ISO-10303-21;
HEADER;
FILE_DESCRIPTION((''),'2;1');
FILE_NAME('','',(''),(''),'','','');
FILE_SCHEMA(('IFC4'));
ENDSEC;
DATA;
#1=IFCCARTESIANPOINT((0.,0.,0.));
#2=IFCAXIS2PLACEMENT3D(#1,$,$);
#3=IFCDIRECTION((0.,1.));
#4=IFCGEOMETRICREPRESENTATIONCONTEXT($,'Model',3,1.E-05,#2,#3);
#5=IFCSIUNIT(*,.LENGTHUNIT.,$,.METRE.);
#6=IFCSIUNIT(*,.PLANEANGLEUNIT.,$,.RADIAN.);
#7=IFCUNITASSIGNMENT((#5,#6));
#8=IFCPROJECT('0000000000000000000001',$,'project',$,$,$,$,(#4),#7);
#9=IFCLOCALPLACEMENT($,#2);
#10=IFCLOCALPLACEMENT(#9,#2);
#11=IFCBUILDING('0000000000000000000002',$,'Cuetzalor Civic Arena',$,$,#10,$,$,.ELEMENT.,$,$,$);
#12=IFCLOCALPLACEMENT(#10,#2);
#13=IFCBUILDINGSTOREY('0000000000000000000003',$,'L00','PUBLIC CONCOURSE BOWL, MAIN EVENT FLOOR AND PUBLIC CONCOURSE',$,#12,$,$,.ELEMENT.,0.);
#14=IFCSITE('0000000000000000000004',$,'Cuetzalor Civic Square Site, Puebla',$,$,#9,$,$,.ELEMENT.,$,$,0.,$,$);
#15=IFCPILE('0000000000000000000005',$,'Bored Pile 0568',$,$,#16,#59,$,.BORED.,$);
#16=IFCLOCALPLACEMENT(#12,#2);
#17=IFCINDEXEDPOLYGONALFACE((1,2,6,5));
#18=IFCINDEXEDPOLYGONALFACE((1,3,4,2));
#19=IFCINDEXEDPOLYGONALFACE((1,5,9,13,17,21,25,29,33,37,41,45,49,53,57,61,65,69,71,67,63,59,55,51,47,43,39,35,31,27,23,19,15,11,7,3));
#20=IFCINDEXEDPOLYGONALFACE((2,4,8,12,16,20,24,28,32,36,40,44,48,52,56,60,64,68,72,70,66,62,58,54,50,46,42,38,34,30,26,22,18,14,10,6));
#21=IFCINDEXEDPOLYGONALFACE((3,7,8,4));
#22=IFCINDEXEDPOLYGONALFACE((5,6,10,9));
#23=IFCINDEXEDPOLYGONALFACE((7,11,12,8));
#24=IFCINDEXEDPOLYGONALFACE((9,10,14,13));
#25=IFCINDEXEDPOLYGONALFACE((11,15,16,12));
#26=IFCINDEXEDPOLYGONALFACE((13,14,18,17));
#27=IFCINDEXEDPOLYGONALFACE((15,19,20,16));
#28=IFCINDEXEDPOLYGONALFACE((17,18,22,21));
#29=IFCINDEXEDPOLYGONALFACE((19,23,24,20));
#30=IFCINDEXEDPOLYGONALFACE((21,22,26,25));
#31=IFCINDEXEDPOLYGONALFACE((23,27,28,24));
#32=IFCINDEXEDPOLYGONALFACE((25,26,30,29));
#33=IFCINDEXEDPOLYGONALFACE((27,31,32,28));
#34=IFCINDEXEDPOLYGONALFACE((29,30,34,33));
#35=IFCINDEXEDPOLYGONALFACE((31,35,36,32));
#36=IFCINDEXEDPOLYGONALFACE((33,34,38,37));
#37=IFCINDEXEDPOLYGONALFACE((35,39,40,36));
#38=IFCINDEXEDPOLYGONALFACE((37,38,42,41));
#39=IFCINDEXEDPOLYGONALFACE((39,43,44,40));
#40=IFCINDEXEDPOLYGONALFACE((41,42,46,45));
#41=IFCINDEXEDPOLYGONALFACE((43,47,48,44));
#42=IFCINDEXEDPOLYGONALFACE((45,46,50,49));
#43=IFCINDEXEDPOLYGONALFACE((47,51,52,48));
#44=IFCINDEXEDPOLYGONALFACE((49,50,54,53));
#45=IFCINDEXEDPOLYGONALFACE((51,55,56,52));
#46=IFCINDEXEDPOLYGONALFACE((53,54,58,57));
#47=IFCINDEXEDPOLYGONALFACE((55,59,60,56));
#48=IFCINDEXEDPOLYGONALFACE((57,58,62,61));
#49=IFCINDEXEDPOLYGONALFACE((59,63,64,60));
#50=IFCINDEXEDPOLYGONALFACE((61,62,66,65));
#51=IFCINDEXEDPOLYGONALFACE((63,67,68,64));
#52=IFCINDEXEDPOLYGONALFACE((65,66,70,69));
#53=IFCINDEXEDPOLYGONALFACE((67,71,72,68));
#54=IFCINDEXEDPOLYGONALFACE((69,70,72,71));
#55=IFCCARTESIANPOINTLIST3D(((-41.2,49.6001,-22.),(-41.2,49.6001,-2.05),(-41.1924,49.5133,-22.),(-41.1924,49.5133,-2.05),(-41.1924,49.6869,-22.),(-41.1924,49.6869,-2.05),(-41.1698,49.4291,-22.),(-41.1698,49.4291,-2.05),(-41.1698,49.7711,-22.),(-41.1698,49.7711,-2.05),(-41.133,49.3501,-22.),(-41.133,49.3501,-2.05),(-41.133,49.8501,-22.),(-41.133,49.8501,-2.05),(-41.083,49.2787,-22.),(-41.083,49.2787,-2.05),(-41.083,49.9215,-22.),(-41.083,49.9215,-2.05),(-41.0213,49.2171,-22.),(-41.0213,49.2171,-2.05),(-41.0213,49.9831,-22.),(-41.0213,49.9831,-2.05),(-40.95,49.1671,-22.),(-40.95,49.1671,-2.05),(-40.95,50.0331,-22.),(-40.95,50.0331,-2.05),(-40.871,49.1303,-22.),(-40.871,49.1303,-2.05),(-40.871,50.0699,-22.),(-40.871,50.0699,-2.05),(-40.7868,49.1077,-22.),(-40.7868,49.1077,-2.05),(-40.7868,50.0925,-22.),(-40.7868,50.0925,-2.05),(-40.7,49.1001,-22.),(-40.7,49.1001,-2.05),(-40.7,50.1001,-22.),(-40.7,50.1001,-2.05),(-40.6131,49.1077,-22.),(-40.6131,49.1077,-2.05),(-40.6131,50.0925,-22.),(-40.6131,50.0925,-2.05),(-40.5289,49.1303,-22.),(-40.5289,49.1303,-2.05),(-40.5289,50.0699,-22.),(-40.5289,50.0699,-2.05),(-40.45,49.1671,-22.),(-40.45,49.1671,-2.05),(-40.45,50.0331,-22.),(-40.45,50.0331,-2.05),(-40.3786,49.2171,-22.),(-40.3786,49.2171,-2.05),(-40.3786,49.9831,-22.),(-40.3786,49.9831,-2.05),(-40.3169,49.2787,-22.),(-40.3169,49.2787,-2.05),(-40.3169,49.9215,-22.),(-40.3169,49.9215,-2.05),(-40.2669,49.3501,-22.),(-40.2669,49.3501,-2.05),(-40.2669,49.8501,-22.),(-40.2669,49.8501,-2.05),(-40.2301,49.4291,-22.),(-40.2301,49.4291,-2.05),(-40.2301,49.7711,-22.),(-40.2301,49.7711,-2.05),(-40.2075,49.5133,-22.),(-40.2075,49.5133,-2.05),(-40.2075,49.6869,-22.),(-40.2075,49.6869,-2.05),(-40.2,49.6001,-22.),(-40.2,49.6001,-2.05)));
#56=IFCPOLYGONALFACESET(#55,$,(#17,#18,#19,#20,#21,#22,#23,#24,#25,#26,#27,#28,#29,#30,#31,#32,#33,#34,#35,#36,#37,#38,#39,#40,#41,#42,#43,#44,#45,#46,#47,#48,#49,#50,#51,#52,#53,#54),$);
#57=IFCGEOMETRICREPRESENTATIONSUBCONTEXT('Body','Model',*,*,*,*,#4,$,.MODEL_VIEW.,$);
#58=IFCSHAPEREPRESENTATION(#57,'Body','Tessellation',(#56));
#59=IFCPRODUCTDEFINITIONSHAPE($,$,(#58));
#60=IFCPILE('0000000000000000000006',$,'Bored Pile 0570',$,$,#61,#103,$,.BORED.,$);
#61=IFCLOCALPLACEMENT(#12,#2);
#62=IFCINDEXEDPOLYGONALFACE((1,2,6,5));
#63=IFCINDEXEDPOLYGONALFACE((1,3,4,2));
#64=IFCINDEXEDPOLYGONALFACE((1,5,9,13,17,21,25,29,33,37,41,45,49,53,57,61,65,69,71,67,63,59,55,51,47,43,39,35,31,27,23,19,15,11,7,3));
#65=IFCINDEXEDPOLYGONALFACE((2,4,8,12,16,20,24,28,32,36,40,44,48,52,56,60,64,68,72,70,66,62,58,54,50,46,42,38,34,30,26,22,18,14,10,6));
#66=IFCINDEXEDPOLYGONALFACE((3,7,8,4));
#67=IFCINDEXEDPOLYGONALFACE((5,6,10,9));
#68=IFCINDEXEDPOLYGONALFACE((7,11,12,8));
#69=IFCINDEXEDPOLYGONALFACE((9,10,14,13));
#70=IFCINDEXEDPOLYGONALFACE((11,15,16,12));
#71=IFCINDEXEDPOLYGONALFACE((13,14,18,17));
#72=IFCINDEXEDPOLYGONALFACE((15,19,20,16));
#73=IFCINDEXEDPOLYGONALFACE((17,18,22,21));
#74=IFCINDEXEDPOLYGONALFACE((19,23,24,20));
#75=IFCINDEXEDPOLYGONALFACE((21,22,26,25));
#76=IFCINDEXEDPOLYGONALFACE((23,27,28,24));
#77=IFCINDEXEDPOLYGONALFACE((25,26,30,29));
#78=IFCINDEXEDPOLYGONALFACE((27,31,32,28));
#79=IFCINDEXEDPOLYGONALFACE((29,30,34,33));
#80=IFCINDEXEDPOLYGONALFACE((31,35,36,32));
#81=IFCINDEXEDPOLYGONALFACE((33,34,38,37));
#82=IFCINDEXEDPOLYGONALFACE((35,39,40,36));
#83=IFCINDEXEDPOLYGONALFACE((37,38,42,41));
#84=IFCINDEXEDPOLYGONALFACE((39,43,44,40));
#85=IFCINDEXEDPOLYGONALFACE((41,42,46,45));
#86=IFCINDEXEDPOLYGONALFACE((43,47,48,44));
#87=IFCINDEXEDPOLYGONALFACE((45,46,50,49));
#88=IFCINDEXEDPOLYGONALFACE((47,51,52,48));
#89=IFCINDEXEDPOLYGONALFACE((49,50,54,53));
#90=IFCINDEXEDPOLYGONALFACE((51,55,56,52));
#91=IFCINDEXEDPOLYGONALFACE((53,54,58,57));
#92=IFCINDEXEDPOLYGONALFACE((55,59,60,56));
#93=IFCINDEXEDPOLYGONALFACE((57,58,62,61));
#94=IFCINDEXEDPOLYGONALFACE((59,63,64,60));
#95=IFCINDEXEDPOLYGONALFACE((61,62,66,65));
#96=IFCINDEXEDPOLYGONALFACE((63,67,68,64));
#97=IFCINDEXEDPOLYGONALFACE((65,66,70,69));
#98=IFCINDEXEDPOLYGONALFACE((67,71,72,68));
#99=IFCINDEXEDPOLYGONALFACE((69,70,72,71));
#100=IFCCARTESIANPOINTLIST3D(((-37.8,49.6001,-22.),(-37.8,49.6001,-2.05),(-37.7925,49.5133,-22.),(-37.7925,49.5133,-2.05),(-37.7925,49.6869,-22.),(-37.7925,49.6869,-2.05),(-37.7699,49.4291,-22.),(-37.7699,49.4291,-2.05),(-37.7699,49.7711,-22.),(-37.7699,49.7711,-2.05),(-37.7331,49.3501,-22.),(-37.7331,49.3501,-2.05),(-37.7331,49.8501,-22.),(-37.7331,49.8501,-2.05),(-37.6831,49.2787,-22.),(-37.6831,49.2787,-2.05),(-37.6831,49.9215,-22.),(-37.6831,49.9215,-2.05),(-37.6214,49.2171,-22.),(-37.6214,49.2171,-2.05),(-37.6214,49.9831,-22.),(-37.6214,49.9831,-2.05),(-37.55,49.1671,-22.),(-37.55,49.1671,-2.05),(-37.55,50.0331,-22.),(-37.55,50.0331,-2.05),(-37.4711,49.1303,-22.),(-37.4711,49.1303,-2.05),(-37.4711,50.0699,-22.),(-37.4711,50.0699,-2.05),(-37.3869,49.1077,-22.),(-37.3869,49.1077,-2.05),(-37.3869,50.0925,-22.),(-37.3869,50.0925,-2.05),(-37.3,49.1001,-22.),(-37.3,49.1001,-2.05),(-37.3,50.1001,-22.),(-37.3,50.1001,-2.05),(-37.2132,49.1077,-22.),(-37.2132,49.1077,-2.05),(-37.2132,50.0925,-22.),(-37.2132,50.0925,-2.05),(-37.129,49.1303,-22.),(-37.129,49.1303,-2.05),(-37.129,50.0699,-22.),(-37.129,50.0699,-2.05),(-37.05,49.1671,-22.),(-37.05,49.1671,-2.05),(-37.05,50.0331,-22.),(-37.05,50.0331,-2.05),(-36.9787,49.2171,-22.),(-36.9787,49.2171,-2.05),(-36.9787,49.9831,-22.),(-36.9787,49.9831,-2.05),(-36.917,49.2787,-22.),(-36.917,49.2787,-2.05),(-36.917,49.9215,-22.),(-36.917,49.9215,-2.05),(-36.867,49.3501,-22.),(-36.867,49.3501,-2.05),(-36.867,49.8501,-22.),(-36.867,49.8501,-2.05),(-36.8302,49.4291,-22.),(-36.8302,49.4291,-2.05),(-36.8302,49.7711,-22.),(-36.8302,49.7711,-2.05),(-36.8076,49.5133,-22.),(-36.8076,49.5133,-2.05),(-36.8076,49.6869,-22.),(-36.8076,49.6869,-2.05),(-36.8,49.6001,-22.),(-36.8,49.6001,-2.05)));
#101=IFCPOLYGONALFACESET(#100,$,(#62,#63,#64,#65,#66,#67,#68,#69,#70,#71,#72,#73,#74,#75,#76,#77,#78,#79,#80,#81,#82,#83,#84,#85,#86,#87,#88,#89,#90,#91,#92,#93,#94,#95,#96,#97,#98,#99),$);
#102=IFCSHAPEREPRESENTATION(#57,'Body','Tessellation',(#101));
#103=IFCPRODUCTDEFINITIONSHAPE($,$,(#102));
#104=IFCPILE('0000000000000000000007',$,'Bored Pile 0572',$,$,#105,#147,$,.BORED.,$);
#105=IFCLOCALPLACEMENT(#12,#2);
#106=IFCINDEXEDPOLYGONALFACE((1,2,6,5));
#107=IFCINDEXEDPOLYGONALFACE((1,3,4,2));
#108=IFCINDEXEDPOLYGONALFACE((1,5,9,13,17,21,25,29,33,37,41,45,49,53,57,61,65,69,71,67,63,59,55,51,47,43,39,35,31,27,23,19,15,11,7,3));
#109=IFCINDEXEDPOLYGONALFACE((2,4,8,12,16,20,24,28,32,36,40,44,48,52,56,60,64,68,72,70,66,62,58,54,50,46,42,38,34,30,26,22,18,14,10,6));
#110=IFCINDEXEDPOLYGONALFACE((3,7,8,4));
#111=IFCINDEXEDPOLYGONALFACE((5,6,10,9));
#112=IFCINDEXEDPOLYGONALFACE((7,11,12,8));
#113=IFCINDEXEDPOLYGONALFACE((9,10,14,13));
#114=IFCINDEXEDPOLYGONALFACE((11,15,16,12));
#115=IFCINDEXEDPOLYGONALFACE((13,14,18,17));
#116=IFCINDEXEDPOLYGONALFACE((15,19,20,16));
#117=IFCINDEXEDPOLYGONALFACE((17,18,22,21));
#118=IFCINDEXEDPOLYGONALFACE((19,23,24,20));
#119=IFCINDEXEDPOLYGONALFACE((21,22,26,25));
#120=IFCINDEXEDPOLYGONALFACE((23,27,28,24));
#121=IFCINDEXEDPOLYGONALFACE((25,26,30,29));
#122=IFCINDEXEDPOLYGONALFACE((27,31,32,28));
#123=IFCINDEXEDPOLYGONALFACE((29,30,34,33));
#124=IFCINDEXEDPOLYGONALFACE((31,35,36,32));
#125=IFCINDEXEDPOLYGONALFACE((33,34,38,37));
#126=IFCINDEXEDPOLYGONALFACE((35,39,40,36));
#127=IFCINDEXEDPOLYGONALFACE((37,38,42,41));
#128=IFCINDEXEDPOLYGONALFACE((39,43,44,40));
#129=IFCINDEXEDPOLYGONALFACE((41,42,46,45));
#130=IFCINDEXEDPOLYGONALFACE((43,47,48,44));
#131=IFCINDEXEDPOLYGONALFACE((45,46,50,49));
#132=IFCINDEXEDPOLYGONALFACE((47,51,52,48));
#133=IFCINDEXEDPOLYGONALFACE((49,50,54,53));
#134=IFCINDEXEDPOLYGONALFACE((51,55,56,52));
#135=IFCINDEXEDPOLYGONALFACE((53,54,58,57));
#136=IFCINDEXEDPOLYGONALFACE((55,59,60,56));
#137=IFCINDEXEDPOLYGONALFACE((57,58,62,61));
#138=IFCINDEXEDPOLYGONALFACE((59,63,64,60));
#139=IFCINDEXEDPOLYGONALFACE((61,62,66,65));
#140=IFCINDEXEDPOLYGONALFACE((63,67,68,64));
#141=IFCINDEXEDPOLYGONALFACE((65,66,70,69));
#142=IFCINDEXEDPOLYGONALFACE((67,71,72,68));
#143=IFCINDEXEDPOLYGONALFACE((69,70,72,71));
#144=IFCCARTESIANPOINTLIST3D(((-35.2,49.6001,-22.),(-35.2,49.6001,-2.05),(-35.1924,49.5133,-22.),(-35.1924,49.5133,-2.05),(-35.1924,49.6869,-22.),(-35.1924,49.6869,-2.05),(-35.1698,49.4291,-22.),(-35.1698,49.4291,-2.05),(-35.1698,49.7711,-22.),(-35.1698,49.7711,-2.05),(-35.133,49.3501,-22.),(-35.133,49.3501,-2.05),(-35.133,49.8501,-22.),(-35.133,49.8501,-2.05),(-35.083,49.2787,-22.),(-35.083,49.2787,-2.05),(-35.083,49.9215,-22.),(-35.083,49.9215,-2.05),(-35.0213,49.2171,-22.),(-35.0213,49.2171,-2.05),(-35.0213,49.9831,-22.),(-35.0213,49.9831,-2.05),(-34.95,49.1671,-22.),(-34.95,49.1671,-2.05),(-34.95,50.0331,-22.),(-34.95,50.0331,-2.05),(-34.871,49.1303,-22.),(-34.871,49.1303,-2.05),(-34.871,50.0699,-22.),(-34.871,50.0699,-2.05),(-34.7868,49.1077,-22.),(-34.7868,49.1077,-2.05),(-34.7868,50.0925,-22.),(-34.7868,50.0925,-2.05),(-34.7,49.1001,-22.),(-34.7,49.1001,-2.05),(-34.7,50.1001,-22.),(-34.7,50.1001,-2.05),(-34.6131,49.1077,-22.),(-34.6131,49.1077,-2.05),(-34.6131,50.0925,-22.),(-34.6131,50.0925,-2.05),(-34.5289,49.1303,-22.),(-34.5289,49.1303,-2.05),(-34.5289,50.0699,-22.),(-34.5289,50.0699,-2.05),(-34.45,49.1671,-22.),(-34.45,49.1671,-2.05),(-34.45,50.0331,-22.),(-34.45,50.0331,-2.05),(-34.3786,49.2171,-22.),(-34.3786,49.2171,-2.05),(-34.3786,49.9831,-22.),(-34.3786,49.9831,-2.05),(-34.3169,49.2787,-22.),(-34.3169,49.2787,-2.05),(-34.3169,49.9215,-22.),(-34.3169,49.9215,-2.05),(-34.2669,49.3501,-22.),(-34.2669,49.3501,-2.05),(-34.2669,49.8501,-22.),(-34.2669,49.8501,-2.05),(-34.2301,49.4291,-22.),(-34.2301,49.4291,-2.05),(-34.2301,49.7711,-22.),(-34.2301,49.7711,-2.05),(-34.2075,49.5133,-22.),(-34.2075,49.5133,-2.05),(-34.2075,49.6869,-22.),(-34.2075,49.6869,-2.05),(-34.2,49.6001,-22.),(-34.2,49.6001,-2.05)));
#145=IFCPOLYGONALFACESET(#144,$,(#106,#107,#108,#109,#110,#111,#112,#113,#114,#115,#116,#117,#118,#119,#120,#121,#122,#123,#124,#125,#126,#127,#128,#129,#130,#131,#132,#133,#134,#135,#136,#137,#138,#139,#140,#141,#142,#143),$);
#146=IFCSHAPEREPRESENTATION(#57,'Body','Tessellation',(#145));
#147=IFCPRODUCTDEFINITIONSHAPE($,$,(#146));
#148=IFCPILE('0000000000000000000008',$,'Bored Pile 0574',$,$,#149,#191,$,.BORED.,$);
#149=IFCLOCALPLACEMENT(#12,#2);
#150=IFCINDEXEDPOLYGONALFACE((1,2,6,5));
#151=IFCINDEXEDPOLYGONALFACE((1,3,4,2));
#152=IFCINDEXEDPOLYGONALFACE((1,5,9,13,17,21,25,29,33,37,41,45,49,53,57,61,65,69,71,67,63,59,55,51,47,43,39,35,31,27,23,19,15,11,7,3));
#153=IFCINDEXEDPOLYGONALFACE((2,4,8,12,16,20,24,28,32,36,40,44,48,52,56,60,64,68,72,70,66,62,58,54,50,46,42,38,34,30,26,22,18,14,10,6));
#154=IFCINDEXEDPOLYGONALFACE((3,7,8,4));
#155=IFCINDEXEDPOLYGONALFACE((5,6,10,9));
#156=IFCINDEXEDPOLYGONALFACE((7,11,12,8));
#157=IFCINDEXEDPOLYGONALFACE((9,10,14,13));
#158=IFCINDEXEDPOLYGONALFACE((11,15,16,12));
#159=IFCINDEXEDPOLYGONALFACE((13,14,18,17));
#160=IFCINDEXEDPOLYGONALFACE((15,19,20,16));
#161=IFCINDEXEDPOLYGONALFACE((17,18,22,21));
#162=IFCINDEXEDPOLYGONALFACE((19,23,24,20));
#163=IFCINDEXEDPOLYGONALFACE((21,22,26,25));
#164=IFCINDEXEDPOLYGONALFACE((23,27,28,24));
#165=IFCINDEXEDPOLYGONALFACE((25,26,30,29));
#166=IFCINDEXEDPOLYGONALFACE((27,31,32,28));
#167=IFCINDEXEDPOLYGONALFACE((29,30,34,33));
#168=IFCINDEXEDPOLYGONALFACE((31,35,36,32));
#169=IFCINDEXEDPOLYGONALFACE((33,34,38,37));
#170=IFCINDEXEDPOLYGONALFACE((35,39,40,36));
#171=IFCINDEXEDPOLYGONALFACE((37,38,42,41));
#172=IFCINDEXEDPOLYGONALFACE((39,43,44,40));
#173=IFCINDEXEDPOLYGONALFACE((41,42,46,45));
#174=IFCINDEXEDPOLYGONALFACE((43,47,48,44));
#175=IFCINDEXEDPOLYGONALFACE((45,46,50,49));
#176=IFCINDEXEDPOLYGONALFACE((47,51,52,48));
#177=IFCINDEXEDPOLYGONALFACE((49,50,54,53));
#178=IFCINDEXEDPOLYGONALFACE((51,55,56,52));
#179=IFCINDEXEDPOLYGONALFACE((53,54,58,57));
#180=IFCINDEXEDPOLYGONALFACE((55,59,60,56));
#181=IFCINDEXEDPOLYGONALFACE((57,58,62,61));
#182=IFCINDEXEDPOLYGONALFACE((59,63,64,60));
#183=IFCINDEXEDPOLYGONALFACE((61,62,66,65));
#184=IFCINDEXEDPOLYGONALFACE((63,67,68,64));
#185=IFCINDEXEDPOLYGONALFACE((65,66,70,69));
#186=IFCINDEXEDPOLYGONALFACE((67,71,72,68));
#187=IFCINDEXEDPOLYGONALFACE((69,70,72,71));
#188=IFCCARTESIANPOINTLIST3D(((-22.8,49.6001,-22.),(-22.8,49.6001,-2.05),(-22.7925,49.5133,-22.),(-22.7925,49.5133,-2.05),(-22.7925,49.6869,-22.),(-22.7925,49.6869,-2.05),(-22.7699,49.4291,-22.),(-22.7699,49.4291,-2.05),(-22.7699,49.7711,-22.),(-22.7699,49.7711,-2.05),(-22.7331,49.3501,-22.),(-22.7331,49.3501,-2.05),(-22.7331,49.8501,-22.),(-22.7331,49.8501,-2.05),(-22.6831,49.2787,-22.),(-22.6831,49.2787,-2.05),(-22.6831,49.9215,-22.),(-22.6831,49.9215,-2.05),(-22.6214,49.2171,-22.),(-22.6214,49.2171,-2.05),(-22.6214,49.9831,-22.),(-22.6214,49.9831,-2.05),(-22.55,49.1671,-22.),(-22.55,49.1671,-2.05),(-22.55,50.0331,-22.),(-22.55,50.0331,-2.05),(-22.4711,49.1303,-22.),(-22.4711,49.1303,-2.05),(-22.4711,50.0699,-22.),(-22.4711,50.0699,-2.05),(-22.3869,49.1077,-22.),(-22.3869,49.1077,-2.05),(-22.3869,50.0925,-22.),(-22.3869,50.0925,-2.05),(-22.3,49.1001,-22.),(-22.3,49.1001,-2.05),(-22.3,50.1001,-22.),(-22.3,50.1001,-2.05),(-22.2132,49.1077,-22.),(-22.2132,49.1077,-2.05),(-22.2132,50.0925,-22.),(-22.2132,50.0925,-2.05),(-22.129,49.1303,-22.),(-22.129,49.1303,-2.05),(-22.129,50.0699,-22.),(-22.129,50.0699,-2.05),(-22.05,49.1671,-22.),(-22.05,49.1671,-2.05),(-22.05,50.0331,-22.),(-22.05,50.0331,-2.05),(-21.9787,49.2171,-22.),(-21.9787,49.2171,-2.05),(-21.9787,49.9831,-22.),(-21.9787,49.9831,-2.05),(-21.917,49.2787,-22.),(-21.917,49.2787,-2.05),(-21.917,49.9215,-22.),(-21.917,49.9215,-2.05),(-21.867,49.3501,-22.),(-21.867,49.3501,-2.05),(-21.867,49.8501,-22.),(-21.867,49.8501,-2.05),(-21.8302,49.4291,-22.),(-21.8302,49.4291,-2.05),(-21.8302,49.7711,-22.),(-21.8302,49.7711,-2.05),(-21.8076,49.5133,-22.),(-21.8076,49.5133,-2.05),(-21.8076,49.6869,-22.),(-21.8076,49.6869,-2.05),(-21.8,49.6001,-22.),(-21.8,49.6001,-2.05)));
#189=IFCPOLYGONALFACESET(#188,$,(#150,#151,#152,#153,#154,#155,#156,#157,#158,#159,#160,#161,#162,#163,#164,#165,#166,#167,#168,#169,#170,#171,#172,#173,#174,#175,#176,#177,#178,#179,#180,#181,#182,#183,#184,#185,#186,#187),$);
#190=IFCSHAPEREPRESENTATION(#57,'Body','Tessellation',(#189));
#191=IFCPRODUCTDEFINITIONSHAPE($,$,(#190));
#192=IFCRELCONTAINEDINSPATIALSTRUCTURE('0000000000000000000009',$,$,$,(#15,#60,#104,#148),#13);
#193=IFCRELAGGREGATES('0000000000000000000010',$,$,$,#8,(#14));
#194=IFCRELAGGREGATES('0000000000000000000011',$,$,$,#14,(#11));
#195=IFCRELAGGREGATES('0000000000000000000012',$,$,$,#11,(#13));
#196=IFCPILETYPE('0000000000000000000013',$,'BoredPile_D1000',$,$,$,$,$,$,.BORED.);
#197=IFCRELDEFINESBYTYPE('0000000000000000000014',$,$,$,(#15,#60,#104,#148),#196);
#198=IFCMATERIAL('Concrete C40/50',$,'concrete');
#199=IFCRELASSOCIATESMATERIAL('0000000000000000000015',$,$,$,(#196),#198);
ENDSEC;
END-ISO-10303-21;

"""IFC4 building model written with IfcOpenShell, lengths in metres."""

from ifc_helpers import new_model, si_unit, direction, frame, origin, origin_2d, place, context, subcontext, project, spatial, circle, extrude, material, material_profile, profile_set, type_object, element, save


model = new_model("IFC4")

# Units and contexts
model_context = context("Model", 3, precision=1e-05, world=origin(), true_north=direction((0.0, 1.0)))
body_context = subcontext(model_context, "Body", "Model", "MODEL_VIEW")
ifc_project = project(units=[si_unit("LENGTHUNIT", "METRE"), si_unit("PLANEANGLEUNIT", "RADIAN")], contexts=[model_context])

# Site, building, storey
site_placement = place(None, origin())
site = spatial("IfcSite", under=ifc_project, at=site_placement, Name="Cuetzalor Civic Square Site, Puebla", CompositionType="ELEMENT", RefElevation=0.0)
building_placement = place(site_placement, origin())
building = spatial("IfcBuilding", under=site, at=building_placement, Name="Cuetzalor Civic Arena", CompositionType="ELEMENT")
storey_placement = place(building_placement, origin())
storey = spatial("IfcBuildingStorey", under=building, at=storey_placement, Name="L00", Description="PUBLIC CONCOURSE BOWL, MAIN EVENT FLOOR AND PUBLIC CONCOURSE", CompositionType="ELEMENT", Elevation=0.0)

# Piles
ifc_material_1 = material(Name="Concrete C40/50", Category="concrete")
ifc_material_profile_1 = material_profile(ifc_material_1, circle(Radius=0.5, at=origin_2d()), Name="BORED PILE D1000")
ifc_profile_set_1 = profile_set([ifc_material_profile_1], Name="Concrete C40/50")
pile_type = type_object("IfcPileType", Name="BoredPile_D1000", PredefinedType="BORED", material=ifc_profile_set_1)
for number, where, z_axis, x_axis, name in (
    (1, (-40.7, 49.6001, -2.05), (0.0, 0.0, -1.0), (1.0, 0.0, 0.0), "Bored Pile 0568"),
    (2, (-37.3, 49.6001, -2.05), (0.0, 0.0, -1.0), (1.0, 0.0, 0.0), "Bored Pile 0570"),
    (3, (-34.7, 49.6001, -2.05), (0.0, 0.0, -1.0), (1.0, 0.0, 0.0), "Bored Pile 0572"),
    (4, (-22.3, 49.6001, -2.05), (0.0, 0.0, -1.0), (1.0, 0.0, 0.0), "Bored Pile 0574"),
):
    element("IfcPile", number, at=place(storey_placement, frame(where, z_axis=z_axis, x_axis=x_axis)), inside=storey, type_object=pile_type, Name=name, PredefinedType="BORED", context=body_context, shape_type="SweptSolid", body=[
        extrude(circle(Radius=0.5, at=origin_2d()), origin(), (0.0, 0.0, 1.0), 19.95),
    ])

save(model, "model.ifc")
